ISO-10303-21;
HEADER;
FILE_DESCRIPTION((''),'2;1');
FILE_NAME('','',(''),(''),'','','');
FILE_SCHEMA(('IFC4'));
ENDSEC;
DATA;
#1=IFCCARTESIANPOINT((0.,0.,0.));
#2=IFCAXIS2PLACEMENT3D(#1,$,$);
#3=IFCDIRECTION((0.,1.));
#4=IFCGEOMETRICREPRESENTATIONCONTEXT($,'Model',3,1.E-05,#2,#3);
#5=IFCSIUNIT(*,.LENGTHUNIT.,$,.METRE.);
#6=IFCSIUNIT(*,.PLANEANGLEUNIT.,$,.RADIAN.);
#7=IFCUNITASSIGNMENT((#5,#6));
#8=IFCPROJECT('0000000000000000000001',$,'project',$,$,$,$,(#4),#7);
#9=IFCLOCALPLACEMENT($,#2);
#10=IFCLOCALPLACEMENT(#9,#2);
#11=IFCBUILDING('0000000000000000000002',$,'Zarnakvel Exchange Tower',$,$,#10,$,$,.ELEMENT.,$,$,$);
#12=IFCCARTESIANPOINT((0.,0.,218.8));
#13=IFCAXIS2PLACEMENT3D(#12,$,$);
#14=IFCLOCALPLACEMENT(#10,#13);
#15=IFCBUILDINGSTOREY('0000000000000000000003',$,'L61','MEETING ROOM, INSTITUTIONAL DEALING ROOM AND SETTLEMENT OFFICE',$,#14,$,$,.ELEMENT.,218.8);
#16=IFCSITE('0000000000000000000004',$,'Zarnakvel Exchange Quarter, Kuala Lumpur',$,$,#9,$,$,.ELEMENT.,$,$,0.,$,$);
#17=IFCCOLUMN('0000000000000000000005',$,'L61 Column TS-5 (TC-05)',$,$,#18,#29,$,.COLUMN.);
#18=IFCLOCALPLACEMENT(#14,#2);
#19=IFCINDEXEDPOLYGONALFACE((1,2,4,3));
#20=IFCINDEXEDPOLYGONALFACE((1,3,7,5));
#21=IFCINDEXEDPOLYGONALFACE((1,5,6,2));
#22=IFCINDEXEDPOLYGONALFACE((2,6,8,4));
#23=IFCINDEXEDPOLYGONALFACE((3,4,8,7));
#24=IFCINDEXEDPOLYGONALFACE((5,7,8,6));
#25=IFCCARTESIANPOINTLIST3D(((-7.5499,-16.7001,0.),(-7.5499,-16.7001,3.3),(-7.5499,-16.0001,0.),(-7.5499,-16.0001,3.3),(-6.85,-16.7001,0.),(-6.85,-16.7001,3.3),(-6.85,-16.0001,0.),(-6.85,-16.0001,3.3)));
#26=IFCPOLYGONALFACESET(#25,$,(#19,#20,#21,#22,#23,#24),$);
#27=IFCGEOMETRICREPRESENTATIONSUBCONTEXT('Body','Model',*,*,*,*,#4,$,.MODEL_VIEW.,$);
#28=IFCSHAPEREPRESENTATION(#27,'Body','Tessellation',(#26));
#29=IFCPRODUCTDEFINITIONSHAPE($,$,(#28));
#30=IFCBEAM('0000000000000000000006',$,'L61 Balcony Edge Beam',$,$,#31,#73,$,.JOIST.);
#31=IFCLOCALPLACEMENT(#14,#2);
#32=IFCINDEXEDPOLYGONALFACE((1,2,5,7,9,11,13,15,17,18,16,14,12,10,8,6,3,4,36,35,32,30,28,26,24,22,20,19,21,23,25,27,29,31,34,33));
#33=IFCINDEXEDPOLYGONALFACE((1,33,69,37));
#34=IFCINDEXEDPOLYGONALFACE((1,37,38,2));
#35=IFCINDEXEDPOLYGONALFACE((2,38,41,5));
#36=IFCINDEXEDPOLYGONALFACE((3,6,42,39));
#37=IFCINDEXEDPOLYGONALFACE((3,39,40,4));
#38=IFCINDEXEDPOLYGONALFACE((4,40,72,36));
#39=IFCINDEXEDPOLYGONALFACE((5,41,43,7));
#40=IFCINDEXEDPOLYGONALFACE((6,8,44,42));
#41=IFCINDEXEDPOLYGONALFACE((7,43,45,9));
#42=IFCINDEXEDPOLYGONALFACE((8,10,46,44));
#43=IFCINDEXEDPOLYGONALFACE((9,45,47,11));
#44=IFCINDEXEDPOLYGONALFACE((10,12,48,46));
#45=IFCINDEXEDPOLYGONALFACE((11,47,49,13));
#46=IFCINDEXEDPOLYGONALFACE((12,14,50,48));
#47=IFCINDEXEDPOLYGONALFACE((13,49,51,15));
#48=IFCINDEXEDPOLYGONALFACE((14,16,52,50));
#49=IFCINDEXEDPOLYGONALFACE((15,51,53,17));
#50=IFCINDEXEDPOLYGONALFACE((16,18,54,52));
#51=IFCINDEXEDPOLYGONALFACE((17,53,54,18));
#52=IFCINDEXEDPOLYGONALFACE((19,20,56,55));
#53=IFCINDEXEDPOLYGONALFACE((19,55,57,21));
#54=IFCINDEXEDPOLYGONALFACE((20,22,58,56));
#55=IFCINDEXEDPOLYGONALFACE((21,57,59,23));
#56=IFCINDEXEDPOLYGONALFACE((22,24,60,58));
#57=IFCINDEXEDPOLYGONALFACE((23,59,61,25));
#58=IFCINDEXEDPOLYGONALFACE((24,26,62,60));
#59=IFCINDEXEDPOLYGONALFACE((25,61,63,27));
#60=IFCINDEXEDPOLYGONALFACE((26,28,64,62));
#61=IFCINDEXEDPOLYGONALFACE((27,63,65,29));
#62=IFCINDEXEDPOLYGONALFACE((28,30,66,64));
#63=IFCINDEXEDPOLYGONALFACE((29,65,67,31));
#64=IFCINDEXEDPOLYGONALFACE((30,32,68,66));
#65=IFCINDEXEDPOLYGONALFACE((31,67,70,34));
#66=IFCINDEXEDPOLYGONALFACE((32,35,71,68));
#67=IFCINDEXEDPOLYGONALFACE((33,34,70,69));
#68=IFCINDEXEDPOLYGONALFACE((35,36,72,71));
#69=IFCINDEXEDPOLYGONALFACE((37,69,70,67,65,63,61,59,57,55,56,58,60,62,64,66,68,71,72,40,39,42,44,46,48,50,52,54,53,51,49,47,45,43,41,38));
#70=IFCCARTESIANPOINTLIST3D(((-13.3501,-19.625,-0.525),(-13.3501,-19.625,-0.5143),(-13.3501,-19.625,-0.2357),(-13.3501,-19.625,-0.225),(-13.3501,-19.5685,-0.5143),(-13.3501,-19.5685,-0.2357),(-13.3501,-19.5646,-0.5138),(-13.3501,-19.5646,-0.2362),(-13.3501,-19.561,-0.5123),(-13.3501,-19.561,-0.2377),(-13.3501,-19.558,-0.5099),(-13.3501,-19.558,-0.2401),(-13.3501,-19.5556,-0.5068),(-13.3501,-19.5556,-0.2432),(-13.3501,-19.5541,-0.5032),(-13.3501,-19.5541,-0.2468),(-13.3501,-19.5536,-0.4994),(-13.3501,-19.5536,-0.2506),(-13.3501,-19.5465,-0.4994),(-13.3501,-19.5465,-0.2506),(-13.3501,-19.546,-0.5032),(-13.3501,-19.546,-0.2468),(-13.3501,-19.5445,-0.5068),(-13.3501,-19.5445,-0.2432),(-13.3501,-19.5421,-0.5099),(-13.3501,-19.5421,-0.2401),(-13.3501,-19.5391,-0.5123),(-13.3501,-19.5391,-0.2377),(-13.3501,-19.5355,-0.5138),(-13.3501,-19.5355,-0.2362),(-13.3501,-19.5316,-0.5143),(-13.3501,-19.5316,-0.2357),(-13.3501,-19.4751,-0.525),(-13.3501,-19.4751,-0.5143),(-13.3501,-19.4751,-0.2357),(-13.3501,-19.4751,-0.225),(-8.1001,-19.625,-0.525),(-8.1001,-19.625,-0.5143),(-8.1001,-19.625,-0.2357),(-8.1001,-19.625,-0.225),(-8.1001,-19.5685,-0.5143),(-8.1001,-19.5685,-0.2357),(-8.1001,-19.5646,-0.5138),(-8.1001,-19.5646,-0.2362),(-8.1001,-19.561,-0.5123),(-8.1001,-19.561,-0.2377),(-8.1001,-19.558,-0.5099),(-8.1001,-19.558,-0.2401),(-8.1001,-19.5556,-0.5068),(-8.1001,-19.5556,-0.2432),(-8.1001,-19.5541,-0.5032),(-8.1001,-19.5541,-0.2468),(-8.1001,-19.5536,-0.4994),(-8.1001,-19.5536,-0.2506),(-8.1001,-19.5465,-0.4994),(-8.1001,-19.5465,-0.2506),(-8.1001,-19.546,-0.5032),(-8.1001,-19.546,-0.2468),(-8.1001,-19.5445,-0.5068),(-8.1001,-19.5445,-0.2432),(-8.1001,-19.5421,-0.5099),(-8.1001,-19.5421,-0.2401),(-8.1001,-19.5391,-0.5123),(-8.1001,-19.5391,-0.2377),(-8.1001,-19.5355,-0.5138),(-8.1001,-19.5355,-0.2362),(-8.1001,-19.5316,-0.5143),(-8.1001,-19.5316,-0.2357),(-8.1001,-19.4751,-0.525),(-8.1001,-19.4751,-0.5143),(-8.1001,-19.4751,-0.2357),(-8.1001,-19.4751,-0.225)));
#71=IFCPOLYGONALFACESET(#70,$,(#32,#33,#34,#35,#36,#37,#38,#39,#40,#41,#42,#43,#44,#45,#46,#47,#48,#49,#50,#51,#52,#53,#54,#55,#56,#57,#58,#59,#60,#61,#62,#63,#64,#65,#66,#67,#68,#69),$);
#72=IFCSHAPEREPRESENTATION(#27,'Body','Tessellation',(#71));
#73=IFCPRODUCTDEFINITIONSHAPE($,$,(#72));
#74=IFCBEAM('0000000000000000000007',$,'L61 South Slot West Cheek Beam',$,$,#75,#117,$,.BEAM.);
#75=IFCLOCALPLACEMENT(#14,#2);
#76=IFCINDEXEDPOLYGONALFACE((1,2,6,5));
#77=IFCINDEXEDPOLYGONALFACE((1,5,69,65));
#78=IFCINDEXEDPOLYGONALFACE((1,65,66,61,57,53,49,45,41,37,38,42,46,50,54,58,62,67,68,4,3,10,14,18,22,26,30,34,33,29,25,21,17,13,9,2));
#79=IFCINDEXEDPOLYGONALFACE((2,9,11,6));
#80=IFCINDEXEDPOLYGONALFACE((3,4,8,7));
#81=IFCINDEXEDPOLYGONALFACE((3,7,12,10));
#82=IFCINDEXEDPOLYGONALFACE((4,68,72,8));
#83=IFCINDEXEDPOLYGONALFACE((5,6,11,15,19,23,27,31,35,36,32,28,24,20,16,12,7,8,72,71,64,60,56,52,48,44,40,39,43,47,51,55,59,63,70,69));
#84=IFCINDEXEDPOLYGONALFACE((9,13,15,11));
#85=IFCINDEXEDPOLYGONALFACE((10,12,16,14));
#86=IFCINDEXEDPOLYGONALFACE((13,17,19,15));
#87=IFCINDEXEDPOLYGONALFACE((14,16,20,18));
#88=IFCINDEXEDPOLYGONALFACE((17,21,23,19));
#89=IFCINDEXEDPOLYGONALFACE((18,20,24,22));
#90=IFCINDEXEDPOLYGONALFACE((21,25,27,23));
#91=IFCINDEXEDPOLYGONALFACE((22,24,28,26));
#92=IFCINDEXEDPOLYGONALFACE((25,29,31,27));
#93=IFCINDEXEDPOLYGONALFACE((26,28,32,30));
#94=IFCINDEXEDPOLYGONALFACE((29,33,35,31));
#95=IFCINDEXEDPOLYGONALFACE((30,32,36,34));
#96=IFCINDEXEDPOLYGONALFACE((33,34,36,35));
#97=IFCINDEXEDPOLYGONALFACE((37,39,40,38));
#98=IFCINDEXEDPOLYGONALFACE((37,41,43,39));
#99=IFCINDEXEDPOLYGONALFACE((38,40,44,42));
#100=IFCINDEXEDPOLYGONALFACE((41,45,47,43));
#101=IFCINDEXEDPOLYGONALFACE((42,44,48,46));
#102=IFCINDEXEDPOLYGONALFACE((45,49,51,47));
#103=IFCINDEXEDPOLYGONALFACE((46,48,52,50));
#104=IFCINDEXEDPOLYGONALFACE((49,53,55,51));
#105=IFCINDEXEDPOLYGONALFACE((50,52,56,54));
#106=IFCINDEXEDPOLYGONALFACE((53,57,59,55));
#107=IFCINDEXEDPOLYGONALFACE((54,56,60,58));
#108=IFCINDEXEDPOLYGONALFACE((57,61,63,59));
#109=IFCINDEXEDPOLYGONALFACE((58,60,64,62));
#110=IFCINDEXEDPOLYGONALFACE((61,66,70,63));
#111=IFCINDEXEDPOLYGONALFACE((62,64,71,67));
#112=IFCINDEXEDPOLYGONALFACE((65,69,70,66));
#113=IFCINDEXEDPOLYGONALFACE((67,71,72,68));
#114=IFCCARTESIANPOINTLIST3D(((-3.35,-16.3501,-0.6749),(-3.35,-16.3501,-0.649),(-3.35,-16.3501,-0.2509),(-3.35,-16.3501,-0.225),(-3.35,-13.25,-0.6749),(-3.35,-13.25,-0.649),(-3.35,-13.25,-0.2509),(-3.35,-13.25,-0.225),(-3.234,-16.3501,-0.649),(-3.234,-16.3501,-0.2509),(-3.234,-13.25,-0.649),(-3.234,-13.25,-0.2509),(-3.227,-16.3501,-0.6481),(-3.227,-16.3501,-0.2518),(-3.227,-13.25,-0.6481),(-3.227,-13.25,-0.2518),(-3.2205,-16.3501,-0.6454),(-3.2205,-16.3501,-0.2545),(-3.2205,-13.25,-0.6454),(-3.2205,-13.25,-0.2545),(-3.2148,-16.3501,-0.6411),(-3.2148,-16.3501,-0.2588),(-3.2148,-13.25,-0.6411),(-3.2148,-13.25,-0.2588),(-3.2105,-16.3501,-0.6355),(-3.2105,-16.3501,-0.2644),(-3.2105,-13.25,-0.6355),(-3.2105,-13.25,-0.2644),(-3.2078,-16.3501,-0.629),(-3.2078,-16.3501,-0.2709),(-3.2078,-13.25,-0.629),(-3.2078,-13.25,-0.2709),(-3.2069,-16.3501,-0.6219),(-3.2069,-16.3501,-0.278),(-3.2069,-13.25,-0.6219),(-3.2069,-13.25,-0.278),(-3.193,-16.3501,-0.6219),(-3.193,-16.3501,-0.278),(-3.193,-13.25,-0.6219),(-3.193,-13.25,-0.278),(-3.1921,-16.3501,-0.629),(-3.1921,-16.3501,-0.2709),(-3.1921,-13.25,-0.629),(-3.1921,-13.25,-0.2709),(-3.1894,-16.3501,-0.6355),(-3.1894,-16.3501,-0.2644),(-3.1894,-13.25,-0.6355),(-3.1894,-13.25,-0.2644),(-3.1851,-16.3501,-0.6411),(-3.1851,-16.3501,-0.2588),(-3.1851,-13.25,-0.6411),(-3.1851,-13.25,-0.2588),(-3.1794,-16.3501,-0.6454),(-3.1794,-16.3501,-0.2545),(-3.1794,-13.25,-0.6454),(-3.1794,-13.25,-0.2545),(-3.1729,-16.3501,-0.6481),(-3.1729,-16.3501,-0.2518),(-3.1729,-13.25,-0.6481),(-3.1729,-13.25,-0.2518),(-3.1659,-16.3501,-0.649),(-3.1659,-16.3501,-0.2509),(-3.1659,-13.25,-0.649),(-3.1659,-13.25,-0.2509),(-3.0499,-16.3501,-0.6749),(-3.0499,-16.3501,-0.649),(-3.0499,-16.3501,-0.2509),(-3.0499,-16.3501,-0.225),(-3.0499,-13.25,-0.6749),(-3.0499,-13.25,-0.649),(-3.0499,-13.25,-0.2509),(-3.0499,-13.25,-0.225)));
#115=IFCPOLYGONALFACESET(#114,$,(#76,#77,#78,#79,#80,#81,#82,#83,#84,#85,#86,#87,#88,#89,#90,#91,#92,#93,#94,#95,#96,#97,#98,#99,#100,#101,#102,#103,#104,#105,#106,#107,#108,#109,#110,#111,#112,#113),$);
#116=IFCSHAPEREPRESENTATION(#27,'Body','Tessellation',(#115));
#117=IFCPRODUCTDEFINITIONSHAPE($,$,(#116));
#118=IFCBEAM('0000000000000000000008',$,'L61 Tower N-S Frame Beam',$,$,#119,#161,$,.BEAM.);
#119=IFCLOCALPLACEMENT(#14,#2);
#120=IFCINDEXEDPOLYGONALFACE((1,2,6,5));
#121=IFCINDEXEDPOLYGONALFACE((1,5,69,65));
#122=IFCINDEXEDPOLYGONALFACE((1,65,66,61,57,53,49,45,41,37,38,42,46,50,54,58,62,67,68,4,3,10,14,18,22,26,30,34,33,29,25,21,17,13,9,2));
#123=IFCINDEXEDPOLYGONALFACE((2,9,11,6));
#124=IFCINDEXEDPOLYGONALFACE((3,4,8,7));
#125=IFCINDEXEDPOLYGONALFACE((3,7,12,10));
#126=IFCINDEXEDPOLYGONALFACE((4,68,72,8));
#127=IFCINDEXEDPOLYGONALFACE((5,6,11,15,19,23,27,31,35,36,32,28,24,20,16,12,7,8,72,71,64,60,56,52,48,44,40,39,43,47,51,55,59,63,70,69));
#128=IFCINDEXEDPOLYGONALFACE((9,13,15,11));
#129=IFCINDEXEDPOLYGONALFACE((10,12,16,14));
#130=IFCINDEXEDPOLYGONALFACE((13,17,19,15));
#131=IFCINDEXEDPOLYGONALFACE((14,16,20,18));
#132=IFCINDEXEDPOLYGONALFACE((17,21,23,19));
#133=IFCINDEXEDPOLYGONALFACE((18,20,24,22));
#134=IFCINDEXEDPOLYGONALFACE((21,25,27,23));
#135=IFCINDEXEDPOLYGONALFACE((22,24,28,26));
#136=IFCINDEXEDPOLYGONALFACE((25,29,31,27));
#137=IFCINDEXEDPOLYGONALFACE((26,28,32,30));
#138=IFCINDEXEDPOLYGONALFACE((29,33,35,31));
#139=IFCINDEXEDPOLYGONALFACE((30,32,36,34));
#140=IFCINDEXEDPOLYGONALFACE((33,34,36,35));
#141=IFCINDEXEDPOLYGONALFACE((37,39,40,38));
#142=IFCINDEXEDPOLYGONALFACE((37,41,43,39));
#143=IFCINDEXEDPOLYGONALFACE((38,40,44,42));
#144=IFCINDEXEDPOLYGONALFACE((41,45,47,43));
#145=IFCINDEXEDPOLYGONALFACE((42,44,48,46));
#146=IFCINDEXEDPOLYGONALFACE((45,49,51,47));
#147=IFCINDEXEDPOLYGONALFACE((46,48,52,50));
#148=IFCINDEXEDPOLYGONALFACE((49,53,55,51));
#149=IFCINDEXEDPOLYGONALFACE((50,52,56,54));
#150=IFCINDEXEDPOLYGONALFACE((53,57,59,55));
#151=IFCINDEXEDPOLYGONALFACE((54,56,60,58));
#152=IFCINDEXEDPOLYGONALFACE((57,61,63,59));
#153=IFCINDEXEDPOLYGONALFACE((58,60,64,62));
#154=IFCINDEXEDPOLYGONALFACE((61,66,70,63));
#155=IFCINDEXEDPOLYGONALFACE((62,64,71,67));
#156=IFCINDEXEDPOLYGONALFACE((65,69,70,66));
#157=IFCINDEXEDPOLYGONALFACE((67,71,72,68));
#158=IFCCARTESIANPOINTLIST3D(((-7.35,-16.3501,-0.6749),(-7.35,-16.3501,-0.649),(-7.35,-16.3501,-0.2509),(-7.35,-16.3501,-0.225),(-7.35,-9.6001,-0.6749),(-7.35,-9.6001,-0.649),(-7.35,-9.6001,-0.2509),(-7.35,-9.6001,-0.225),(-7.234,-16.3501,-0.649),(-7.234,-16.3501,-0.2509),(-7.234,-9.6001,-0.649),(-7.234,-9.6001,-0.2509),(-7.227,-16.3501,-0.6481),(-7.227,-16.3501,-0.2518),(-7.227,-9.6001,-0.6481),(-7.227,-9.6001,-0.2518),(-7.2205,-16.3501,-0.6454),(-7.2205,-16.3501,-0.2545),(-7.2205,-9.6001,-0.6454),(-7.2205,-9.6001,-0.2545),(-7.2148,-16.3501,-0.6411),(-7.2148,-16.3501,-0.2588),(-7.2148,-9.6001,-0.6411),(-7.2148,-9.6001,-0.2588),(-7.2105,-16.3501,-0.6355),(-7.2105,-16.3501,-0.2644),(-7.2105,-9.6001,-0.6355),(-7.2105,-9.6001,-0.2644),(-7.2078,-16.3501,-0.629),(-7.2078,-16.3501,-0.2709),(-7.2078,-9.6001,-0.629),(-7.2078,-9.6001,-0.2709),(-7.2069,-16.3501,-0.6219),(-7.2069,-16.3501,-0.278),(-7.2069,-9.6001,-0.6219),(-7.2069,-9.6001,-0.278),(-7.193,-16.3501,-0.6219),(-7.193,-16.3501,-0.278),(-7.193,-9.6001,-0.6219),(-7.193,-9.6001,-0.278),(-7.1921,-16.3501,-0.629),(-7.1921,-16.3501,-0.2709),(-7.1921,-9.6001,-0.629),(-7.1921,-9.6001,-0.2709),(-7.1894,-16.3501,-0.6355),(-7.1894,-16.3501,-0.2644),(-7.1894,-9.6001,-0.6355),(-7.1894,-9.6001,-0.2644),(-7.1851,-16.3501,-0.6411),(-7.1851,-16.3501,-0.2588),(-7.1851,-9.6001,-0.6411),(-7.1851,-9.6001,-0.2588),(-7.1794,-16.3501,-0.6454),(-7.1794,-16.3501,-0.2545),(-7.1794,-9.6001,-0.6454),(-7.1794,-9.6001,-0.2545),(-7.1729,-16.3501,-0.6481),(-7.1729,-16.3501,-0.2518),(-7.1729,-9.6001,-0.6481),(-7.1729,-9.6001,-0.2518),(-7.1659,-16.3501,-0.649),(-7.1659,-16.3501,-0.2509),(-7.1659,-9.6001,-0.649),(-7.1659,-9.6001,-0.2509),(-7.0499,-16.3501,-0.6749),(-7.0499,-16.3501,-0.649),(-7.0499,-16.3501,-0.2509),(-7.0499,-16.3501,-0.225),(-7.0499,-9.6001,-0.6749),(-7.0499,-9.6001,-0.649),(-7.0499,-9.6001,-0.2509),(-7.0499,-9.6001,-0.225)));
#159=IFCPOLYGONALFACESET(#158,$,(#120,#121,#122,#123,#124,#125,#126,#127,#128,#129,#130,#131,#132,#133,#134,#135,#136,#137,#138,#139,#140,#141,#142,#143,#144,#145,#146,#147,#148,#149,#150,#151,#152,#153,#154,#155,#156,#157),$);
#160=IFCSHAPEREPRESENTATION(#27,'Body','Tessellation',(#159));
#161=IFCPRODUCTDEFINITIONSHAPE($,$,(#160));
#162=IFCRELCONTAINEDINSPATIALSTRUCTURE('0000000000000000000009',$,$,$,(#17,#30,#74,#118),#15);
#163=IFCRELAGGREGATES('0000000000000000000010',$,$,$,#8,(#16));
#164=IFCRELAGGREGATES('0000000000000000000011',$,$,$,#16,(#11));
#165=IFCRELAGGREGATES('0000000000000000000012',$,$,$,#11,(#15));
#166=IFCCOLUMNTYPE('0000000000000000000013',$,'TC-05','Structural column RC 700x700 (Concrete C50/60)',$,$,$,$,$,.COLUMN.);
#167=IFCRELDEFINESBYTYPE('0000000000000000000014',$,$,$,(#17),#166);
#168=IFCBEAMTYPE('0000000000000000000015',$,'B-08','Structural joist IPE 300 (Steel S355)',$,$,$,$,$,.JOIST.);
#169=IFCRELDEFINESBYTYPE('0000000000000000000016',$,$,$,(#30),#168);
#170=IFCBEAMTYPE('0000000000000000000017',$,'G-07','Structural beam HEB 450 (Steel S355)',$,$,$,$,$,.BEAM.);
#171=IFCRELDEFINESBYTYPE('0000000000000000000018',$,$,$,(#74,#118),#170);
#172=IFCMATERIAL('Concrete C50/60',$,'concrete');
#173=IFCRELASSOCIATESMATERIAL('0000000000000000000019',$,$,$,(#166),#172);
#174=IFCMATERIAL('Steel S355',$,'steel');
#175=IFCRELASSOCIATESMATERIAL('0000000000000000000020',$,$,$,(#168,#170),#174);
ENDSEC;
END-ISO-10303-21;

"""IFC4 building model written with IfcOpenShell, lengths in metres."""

from ifc_helpers import new_model, si_unit, direction, frame, origin, origin_2d, place, context, subcontext, project, spatial, rectangle, i_section, extrude, material, material_profile, profile_set, type_object, element, save


model = new_model("IFC4")

# Units and contexts
model_context = context("Model", 3, precision=1e-05, world=origin(), true_north=direction((0.0, 1.0)))
body_context = subcontext(model_context, "Body", "Model", "MODEL_VIEW")
ifc_project = project(units=[si_unit("LENGTHUNIT", "METRE"), si_unit("PLANEANGLEUNIT", "RADIAN")], contexts=[model_context])

# Site, building, storey
site_placement = place(None, origin())
site = spatial("IfcSite", under=ifc_project, at=site_placement, Name="Zarnakvel Exchange Quarter, Kuala Lumpur", CompositionType="ELEMENT", RefElevation=0.0)
building_placement = place(site_placement, origin())
building = spatial("IfcBuilding", under=site, at=building_placement, Name="Zarnakvel Exchange Tower", CompositionType="ELEMENT")
storey_placement = place(building_placement, frame((0.0, 0.0, 218.8)))
storey = spatial("IfcBuildingStorey", under=building, at=storey_placement, Name="L61", Description="MEETING ROOM, INSTITUTIONAL DEALING ROOM AND SETTLEMENT OFFICE", CompositionType="ELEMENT", Elevation=218.8)

# Column
ifc_material_1 = material(Name="Concrete C50/60", Category="concrete")
ifc_material_profile_1 = material_profile(ifc_material_1, rectangle(XDim=0.7, YDim=0.7, at=origin_2d()))
ifc_profile_set_1 = profile_set([ifc_material_profile_1], Name="Concrete C50/60")
column_type = type_object("IfcColumnType", Name="TC-05", Description="Structural column RC 700x700 (Concrete C50/60)", PredefinedType="COLUMN", material=ifc_profile_set_1)
column_placement = place(storey_placement, frame((-7.2, -16.3501, 0.0), z_axis=(0.0, 0.0, 1.0), x_axis=(1.0, 0.0, 0.0)))
element("IfcColumn", 1, at=column_placement, inside=storey, type_object=column_type, Name="L61 Column TS-5 (TC-05)", PredefinedType="COLUMN", context=body_context, shape_type="SweptSolid", body=[
    extrude(rectangle(XDim=0.7, YDim=0.7, at=origin_2d()), origin(), (0.0, 0.0, 1.0), 3.3),
])

# Beams
ifc_material_2 = material(Name="Steel S355", Category="steel")
ifc_material_profile_2 = material_profile(ifc_material_2, i_section(OverallWidth=0.1499, OverallDepth=0.3, WebThickness=0.0071, FlangeThickness=0.0107, FilletRadius=0.0149, at=origin_2d()))
ifc_profile_set_2 = profile_set([ifc_material_profile_2], Name="Steel S355")
beam_type_1 = type_object("IfcBeamType", Name="B-08", Description="Structural joist IPE 300 (Steel S355)", PredefinedType="JOIST", material=ifc_profile_set_2)
beam_1_placement = place(storey_placement, frame((-13.3501, -19.55, -0.375), z_axis=(1.0, 0.0, 0.0), x_axis=(0.0, 1.0, 0.0)))
element("IfcBeam", 2, at=beam_1_placement, inside=storey, type_object=beam_type_1, Name="L61 Balcony Edge Beam", PredefinedType="JOIST", context=body_context, shape_type="SweptSolid", body=[
    extrude(i_section(OverallWidth=0.1499, OverallDepth=0.3, WebThickness=0.0071, FlangeThickness=0.0107, FilletRadius=0.0149, at=origin_2d()), origin(), (0.0, 0.0, 1.0), 5.25),
])
ifc_material_profile_3 = material_profile(ifc_material_2, i_section(OverallWidth=0.3, OverallDepth=0.45, WebThickness=0.0139, FlangeThickness=0.0259, FilletRadius=0.0271, at=origin_2d()))
ifc_profile_set_3 = profile_set([ifc_material_profile_3], Name="Steel S355")
beam_type_2 = type_object("IfcBeamType", Name="G-07", Description="Structural beam HEB 450 (Steel S355)", PredefinedType="BEAM", material=ifc_profile_set_3)
beam_2_placement = place(storey_placement, frame((-3.2, -16.3501, -0.45), z_axis=(0.0, 1.0, 0.0), x_axis=(-1.0, 0.0, 0.0)))
element("IfcBeam", 3, at=beam_2_placement, inside=storey, type_object=beam_type_2, Name="L61 South Slot West Cheek Beam", PredefinedType="BEAM", context=body_context, shape_type="SweptSolid", body=[
    extrude(i_section(OverallWidth=0.3, OverallDepth=0.45, WebThickness=0.0139, FlangeThickness=0.0259, FilletRadius=0.0271, at=origin_2d()), origin(), (0.0, 0.0, 1.0), 3.1001),
])
beam_3_placement = place(storey_placement, frame((-7.2, -16.3501, -0.45), z_axis=(0.0, 1.0, 0.0), x_axis=(-1.0, 0.0, 0.0)))
element("IfcBeam", 4, at=beam_3_placement, inside=storey, type_object=beam_type_2, Name="L61 Tower N-S Frame Beam", PredefinedType="BEAM", context=body_context, shape_type="SweptSolid", body=[
    extrude(i_section(OverallWidth=0.3, OverallDepth=0.45, WebThickness=0.0139, FlangeThickness=0.0259, FilletRadius=0.0271, at=origin_2d()), origin(), (0.0, 0.0, 1.0), 6.75),
])

save(model, "model.ifc")
